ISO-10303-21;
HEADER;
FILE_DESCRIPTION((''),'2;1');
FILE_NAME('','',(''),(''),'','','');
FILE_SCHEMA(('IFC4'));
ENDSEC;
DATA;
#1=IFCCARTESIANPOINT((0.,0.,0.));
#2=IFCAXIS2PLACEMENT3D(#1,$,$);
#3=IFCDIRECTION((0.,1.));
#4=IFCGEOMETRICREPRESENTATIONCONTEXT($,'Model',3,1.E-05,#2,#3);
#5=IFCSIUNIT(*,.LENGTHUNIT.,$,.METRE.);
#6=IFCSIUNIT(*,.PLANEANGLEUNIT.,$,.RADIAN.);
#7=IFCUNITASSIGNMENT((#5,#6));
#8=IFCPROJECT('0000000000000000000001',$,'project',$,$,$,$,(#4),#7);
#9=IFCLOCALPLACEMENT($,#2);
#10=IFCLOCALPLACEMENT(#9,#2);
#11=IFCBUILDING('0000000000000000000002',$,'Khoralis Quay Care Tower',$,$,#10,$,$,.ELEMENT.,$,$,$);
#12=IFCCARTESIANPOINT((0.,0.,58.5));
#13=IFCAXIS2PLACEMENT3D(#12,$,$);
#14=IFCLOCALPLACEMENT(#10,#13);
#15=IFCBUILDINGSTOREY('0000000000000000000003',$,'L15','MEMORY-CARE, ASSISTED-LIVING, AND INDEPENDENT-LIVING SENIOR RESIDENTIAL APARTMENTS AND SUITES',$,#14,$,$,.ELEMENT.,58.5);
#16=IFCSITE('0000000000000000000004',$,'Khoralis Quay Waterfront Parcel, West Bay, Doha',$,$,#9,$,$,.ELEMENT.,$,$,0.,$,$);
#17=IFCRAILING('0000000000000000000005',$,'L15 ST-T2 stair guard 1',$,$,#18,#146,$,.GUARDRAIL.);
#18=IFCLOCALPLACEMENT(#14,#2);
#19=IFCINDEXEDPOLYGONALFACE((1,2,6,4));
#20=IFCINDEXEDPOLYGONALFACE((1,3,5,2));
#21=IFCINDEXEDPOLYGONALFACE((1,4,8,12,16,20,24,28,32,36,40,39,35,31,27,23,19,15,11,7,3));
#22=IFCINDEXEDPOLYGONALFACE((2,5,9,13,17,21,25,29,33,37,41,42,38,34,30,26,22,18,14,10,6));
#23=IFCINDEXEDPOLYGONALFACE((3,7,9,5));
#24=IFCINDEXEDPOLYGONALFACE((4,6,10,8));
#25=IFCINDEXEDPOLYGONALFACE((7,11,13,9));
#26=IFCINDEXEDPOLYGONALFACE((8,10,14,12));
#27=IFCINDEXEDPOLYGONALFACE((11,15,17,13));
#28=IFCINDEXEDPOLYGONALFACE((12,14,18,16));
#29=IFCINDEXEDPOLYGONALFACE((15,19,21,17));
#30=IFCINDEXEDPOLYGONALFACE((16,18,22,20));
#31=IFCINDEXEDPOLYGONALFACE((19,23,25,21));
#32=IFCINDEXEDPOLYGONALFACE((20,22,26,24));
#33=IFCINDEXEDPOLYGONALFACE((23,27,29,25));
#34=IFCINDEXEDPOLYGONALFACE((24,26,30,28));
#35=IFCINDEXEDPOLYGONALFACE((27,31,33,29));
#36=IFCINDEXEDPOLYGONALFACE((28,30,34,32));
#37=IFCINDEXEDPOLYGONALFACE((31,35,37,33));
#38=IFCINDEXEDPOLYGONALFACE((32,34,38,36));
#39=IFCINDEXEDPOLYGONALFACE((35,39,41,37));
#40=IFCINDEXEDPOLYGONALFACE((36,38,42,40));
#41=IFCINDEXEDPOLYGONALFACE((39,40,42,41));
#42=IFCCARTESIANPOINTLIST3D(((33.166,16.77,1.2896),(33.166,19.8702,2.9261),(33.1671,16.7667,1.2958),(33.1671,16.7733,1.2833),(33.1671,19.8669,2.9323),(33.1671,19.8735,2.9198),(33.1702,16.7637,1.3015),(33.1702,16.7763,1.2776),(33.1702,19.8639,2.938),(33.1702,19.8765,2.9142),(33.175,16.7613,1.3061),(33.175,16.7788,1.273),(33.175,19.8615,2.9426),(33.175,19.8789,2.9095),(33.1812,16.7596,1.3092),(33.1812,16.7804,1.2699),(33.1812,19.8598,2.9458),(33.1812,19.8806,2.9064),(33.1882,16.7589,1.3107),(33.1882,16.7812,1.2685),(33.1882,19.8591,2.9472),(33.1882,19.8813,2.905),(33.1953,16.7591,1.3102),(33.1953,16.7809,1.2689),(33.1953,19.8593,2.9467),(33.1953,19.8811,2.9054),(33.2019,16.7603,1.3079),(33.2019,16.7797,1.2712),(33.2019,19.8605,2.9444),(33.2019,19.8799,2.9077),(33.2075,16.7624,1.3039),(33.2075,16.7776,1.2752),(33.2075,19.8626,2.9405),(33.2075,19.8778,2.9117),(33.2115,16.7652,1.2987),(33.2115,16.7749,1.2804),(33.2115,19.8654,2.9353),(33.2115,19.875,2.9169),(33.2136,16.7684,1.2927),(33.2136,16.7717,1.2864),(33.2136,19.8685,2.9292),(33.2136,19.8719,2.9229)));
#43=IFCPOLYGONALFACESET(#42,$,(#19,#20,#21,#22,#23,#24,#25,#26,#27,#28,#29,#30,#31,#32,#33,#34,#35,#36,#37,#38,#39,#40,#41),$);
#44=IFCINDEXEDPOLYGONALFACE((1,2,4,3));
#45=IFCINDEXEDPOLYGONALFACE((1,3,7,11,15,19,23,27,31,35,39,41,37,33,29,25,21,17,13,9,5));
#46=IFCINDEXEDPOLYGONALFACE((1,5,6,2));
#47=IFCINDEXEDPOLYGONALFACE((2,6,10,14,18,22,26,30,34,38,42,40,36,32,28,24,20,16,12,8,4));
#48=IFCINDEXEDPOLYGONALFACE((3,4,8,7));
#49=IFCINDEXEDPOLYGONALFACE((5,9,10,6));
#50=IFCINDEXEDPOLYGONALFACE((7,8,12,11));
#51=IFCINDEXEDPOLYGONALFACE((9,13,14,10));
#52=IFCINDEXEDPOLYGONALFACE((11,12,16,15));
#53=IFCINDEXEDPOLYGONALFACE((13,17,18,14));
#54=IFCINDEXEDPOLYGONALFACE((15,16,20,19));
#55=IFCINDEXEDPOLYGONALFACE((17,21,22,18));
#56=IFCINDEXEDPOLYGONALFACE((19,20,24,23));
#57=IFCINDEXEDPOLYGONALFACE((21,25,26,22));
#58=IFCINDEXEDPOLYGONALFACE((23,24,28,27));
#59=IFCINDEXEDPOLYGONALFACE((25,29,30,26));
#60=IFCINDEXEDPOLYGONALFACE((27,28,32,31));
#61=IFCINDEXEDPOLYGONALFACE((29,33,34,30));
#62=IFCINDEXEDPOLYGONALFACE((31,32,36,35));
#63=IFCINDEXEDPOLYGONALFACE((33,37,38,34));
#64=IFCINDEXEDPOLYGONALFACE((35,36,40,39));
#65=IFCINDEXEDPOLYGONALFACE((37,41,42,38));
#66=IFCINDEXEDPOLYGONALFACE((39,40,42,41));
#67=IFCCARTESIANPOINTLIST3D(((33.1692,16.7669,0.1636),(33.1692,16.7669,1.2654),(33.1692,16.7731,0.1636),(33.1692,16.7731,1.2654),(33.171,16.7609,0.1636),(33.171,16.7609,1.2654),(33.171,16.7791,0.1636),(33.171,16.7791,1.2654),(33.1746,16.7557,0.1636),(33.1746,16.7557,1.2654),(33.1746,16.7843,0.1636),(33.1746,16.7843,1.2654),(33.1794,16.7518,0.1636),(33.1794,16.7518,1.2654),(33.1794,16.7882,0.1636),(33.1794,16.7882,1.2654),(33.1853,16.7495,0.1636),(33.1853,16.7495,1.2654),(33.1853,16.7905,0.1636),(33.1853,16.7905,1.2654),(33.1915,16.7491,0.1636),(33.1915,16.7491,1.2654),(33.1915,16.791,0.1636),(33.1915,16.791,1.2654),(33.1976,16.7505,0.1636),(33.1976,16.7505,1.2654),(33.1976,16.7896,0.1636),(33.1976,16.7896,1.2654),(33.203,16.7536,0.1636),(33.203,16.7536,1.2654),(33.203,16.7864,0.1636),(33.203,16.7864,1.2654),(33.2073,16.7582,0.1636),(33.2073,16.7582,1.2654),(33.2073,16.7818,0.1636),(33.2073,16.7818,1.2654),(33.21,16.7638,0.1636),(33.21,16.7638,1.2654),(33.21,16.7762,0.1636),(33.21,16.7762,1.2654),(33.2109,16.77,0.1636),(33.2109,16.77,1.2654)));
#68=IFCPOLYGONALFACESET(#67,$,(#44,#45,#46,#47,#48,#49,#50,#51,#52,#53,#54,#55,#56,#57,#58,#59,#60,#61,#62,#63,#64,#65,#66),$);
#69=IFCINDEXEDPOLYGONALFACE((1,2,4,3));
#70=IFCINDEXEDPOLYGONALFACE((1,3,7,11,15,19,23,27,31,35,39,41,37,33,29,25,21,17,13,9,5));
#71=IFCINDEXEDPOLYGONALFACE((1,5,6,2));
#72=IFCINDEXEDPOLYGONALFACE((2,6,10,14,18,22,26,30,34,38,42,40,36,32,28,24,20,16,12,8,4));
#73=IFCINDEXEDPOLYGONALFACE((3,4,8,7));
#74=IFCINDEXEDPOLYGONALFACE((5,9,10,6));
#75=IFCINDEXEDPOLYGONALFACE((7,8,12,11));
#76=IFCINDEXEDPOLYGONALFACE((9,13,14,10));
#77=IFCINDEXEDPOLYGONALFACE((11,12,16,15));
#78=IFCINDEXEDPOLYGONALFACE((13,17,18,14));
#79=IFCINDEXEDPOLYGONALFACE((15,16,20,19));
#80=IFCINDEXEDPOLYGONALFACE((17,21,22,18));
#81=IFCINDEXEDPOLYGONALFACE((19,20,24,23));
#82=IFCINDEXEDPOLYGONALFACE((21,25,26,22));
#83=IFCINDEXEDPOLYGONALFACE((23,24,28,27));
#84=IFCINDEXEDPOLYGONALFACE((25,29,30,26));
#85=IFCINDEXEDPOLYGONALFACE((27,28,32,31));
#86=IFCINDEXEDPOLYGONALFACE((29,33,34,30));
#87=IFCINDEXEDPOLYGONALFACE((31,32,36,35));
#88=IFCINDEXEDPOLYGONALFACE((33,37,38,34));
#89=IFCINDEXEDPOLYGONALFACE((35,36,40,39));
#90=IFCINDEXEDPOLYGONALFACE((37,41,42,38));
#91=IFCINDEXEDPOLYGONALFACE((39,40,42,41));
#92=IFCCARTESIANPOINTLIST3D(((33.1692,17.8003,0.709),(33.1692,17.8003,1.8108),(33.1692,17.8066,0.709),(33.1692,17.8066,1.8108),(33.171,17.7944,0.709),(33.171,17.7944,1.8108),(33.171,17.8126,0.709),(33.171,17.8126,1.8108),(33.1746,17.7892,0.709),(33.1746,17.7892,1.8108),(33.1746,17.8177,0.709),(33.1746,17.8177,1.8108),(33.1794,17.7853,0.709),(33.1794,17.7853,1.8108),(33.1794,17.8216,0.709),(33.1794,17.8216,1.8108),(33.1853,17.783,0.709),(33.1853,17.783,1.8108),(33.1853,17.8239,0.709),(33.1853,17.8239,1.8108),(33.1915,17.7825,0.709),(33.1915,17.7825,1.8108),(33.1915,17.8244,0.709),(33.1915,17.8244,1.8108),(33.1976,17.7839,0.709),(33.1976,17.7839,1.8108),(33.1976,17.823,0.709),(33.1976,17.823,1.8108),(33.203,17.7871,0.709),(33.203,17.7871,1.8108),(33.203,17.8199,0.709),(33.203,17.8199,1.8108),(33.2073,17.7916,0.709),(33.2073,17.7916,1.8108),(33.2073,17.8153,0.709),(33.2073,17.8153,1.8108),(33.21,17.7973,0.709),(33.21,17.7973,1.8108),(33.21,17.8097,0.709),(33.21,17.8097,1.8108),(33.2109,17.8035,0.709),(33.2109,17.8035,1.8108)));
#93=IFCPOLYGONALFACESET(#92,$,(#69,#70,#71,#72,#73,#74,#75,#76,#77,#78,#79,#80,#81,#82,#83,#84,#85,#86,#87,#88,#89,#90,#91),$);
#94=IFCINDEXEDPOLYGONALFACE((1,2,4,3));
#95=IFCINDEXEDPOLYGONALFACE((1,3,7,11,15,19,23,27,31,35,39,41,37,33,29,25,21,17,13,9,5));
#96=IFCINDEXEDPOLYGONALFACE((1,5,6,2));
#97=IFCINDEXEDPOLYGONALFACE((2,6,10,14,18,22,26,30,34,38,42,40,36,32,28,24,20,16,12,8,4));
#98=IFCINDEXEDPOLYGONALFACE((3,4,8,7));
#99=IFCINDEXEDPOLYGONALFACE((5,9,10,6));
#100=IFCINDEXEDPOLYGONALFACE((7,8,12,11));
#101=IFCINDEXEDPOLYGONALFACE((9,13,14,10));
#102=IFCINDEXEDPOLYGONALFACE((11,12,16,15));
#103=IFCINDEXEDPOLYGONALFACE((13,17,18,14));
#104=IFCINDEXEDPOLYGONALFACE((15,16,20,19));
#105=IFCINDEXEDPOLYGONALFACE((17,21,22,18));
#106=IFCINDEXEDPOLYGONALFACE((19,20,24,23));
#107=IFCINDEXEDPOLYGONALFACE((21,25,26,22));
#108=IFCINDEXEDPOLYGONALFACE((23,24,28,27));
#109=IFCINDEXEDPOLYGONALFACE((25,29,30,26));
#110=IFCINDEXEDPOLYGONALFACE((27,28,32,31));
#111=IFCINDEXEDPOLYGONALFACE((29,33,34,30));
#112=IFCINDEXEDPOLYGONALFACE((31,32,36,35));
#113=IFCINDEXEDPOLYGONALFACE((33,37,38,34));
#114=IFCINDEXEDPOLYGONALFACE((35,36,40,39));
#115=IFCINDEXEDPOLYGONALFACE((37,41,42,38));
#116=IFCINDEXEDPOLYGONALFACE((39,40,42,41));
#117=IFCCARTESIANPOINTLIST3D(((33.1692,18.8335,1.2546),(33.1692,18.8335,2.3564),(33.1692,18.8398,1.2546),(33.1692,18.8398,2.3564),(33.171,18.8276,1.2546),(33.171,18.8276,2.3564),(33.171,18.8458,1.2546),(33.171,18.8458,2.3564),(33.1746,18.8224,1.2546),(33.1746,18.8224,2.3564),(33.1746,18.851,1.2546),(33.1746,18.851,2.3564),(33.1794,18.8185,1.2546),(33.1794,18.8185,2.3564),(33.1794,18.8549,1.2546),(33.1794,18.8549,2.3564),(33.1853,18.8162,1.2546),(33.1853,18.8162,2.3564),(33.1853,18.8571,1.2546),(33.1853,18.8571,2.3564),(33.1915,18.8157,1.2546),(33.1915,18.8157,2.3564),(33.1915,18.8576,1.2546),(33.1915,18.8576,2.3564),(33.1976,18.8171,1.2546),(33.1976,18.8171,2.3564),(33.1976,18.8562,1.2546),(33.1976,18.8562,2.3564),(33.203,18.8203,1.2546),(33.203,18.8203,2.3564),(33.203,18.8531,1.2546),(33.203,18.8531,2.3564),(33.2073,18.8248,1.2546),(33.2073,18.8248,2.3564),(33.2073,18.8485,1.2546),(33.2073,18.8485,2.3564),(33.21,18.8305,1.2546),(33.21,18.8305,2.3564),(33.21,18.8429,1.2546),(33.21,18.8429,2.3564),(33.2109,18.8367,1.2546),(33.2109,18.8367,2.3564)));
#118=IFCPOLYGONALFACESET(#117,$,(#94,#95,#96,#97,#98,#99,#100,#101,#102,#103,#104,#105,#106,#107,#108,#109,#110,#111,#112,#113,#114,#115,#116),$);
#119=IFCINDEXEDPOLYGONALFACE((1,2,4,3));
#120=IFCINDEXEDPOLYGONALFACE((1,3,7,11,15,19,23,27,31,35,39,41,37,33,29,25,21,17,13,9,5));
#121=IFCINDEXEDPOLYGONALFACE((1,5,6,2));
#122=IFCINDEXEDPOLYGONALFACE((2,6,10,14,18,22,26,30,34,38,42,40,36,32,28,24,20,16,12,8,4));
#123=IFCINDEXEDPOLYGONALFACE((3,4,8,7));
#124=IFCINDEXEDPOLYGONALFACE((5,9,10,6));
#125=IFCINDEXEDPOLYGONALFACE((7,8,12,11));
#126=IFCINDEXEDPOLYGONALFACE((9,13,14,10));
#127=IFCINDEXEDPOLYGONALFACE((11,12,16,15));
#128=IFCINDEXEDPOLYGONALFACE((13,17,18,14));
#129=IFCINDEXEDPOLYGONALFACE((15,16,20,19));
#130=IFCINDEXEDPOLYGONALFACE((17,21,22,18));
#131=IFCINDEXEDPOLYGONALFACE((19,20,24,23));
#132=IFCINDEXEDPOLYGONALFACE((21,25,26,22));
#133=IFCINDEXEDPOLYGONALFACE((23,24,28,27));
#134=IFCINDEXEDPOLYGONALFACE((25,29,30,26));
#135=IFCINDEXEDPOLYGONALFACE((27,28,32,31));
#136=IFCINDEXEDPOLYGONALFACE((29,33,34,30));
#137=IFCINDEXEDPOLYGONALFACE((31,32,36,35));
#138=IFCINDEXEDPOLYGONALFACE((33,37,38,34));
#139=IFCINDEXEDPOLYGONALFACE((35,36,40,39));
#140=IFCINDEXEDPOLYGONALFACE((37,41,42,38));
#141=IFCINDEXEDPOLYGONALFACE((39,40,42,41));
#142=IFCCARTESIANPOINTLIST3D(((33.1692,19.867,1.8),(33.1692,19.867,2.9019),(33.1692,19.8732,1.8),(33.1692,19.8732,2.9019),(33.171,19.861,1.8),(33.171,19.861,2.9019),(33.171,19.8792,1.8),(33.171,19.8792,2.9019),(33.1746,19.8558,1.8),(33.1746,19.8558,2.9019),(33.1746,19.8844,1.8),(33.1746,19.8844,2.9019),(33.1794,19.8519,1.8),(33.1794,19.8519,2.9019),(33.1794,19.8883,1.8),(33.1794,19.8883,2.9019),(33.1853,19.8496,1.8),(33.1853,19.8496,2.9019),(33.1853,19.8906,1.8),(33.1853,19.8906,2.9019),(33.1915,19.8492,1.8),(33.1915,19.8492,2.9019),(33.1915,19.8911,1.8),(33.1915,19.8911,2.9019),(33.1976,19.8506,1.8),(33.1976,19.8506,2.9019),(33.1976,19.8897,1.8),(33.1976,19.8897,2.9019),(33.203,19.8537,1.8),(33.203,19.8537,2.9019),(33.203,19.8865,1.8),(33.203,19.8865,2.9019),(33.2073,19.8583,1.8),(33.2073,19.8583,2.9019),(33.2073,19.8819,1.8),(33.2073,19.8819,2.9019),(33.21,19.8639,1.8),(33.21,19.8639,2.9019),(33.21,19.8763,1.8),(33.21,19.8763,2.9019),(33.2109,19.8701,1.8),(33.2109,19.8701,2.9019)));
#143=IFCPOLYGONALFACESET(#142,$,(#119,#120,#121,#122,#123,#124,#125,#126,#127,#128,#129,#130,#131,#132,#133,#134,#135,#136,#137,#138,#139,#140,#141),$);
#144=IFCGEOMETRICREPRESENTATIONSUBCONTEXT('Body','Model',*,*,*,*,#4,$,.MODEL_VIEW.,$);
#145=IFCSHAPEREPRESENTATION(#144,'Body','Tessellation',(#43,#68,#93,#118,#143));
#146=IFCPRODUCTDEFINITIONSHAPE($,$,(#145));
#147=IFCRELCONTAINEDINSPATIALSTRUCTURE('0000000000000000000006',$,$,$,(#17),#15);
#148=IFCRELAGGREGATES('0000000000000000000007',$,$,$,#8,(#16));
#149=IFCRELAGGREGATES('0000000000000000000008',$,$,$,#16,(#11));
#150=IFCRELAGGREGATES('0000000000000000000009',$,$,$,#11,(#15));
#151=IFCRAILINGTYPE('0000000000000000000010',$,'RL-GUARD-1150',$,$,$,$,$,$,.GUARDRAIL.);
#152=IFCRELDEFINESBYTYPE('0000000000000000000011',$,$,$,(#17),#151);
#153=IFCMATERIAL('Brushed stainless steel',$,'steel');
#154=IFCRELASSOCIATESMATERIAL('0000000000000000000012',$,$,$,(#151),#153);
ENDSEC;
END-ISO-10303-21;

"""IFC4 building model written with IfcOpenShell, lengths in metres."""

from ifc_helpers import new_model, si_unit, direction, frame, origin, origin_2d, place, context, subcontext, project, spatial, circle, extrude, material, type_object, element, save


model = new_model("IFC4")

# Units and contexts
model_context = context("Model", 3, precision=1e-05, world=origin(), true_north=direction((0.0, 1.0)))
body_context = subcontext(model_context, "Body", "Model", "MODEL_VIEW")
ifc_project = project(units=[si_unit("LENGTHUNIT", "METRE"), si_unit("PLANEANGLEUNIT", "RADIAN")], contexts=[model_context])

# Site, building, storey
site_placement = place(None, origin())
site = spatial("IfcSite", under=ifc_project, at=site_placement, Name="Khoralis Quay Waterfront Parcel, West Bay, Doha", CompositionType="ELEMENT", RefElevation=0.0)
building_placement = place(site_placement, origin())
building = spatial("IfcBuilding", under=site, at=building_placement, Name="Khoralis Quay Care Tower", CompositionType="ELEMENT")
storey_placement = place(building_placement, frame((0.0, 0.0, 58.5)))
storey = spatial("IfcBuildingStorey", under=building, at=storey_placement, Name="L15", Description="MEMORY-CARE, ASSISTED-LIVING, AND INDEPENDENT-LIVING SENIOR RESIDENTIAL APARTMENTS AND SUITES", CompositionType="ELEMENT", Elevation=58.5)

# Shared definitions
ifc_material_1 = material(Name="Brushed stainless steel", Category="steel")

# Railing
railing_type_1 = type_object("IfcRailingType", Name="RL-GUARD-1150", PredefinedType="GUARDRAIL", material=ifc_material_1)
railing_1_placement = place(storey_placement, frame((33.1899, 16.77, 0.1636)))
element("IfcRailing", 1, at=railing_1_placement, inside=storey, type_object=railing_type_1, Name="L15 ST-T2 stair guard 1", PredefinedType="GUARDRAIL", context=body_context, shape_type="SweptSolid", body=[
    extrude(circle(Radius=0.0239, at=origin_2d()), frame((0.0, 0.0, 1.126), z_axis=(0.0, 0.884348, 0.466828), x_axis=(-1.0, 0.0, 0.0)), (0.0, 0.0, 1.0), 3.5056),
    extrude(circle(Radius=0.021, at=origin_2d()), origin(), (0.0, 0.0, 1.0), 1.1018),
    extrude(circle(Radius=0.021, at=origin_2d()), frame((0.0, 1.0334, 0.5454)), (0.0, 0.0, 1.0), 1.1018),
    extrude(circle(Radius=0.021, at=origin_2d()), frame((0.0, 2.0667, 1.0911)), (0.0, 0.0, 1.0), 1.1018),
    extrude(circle(Radius=0.021, at=origin_2d()), frame((0.0, 3.1001, 1.6365)), (0.0, 0.0, 1.0), 1.1018),
])

save(model, "model.ifc")
